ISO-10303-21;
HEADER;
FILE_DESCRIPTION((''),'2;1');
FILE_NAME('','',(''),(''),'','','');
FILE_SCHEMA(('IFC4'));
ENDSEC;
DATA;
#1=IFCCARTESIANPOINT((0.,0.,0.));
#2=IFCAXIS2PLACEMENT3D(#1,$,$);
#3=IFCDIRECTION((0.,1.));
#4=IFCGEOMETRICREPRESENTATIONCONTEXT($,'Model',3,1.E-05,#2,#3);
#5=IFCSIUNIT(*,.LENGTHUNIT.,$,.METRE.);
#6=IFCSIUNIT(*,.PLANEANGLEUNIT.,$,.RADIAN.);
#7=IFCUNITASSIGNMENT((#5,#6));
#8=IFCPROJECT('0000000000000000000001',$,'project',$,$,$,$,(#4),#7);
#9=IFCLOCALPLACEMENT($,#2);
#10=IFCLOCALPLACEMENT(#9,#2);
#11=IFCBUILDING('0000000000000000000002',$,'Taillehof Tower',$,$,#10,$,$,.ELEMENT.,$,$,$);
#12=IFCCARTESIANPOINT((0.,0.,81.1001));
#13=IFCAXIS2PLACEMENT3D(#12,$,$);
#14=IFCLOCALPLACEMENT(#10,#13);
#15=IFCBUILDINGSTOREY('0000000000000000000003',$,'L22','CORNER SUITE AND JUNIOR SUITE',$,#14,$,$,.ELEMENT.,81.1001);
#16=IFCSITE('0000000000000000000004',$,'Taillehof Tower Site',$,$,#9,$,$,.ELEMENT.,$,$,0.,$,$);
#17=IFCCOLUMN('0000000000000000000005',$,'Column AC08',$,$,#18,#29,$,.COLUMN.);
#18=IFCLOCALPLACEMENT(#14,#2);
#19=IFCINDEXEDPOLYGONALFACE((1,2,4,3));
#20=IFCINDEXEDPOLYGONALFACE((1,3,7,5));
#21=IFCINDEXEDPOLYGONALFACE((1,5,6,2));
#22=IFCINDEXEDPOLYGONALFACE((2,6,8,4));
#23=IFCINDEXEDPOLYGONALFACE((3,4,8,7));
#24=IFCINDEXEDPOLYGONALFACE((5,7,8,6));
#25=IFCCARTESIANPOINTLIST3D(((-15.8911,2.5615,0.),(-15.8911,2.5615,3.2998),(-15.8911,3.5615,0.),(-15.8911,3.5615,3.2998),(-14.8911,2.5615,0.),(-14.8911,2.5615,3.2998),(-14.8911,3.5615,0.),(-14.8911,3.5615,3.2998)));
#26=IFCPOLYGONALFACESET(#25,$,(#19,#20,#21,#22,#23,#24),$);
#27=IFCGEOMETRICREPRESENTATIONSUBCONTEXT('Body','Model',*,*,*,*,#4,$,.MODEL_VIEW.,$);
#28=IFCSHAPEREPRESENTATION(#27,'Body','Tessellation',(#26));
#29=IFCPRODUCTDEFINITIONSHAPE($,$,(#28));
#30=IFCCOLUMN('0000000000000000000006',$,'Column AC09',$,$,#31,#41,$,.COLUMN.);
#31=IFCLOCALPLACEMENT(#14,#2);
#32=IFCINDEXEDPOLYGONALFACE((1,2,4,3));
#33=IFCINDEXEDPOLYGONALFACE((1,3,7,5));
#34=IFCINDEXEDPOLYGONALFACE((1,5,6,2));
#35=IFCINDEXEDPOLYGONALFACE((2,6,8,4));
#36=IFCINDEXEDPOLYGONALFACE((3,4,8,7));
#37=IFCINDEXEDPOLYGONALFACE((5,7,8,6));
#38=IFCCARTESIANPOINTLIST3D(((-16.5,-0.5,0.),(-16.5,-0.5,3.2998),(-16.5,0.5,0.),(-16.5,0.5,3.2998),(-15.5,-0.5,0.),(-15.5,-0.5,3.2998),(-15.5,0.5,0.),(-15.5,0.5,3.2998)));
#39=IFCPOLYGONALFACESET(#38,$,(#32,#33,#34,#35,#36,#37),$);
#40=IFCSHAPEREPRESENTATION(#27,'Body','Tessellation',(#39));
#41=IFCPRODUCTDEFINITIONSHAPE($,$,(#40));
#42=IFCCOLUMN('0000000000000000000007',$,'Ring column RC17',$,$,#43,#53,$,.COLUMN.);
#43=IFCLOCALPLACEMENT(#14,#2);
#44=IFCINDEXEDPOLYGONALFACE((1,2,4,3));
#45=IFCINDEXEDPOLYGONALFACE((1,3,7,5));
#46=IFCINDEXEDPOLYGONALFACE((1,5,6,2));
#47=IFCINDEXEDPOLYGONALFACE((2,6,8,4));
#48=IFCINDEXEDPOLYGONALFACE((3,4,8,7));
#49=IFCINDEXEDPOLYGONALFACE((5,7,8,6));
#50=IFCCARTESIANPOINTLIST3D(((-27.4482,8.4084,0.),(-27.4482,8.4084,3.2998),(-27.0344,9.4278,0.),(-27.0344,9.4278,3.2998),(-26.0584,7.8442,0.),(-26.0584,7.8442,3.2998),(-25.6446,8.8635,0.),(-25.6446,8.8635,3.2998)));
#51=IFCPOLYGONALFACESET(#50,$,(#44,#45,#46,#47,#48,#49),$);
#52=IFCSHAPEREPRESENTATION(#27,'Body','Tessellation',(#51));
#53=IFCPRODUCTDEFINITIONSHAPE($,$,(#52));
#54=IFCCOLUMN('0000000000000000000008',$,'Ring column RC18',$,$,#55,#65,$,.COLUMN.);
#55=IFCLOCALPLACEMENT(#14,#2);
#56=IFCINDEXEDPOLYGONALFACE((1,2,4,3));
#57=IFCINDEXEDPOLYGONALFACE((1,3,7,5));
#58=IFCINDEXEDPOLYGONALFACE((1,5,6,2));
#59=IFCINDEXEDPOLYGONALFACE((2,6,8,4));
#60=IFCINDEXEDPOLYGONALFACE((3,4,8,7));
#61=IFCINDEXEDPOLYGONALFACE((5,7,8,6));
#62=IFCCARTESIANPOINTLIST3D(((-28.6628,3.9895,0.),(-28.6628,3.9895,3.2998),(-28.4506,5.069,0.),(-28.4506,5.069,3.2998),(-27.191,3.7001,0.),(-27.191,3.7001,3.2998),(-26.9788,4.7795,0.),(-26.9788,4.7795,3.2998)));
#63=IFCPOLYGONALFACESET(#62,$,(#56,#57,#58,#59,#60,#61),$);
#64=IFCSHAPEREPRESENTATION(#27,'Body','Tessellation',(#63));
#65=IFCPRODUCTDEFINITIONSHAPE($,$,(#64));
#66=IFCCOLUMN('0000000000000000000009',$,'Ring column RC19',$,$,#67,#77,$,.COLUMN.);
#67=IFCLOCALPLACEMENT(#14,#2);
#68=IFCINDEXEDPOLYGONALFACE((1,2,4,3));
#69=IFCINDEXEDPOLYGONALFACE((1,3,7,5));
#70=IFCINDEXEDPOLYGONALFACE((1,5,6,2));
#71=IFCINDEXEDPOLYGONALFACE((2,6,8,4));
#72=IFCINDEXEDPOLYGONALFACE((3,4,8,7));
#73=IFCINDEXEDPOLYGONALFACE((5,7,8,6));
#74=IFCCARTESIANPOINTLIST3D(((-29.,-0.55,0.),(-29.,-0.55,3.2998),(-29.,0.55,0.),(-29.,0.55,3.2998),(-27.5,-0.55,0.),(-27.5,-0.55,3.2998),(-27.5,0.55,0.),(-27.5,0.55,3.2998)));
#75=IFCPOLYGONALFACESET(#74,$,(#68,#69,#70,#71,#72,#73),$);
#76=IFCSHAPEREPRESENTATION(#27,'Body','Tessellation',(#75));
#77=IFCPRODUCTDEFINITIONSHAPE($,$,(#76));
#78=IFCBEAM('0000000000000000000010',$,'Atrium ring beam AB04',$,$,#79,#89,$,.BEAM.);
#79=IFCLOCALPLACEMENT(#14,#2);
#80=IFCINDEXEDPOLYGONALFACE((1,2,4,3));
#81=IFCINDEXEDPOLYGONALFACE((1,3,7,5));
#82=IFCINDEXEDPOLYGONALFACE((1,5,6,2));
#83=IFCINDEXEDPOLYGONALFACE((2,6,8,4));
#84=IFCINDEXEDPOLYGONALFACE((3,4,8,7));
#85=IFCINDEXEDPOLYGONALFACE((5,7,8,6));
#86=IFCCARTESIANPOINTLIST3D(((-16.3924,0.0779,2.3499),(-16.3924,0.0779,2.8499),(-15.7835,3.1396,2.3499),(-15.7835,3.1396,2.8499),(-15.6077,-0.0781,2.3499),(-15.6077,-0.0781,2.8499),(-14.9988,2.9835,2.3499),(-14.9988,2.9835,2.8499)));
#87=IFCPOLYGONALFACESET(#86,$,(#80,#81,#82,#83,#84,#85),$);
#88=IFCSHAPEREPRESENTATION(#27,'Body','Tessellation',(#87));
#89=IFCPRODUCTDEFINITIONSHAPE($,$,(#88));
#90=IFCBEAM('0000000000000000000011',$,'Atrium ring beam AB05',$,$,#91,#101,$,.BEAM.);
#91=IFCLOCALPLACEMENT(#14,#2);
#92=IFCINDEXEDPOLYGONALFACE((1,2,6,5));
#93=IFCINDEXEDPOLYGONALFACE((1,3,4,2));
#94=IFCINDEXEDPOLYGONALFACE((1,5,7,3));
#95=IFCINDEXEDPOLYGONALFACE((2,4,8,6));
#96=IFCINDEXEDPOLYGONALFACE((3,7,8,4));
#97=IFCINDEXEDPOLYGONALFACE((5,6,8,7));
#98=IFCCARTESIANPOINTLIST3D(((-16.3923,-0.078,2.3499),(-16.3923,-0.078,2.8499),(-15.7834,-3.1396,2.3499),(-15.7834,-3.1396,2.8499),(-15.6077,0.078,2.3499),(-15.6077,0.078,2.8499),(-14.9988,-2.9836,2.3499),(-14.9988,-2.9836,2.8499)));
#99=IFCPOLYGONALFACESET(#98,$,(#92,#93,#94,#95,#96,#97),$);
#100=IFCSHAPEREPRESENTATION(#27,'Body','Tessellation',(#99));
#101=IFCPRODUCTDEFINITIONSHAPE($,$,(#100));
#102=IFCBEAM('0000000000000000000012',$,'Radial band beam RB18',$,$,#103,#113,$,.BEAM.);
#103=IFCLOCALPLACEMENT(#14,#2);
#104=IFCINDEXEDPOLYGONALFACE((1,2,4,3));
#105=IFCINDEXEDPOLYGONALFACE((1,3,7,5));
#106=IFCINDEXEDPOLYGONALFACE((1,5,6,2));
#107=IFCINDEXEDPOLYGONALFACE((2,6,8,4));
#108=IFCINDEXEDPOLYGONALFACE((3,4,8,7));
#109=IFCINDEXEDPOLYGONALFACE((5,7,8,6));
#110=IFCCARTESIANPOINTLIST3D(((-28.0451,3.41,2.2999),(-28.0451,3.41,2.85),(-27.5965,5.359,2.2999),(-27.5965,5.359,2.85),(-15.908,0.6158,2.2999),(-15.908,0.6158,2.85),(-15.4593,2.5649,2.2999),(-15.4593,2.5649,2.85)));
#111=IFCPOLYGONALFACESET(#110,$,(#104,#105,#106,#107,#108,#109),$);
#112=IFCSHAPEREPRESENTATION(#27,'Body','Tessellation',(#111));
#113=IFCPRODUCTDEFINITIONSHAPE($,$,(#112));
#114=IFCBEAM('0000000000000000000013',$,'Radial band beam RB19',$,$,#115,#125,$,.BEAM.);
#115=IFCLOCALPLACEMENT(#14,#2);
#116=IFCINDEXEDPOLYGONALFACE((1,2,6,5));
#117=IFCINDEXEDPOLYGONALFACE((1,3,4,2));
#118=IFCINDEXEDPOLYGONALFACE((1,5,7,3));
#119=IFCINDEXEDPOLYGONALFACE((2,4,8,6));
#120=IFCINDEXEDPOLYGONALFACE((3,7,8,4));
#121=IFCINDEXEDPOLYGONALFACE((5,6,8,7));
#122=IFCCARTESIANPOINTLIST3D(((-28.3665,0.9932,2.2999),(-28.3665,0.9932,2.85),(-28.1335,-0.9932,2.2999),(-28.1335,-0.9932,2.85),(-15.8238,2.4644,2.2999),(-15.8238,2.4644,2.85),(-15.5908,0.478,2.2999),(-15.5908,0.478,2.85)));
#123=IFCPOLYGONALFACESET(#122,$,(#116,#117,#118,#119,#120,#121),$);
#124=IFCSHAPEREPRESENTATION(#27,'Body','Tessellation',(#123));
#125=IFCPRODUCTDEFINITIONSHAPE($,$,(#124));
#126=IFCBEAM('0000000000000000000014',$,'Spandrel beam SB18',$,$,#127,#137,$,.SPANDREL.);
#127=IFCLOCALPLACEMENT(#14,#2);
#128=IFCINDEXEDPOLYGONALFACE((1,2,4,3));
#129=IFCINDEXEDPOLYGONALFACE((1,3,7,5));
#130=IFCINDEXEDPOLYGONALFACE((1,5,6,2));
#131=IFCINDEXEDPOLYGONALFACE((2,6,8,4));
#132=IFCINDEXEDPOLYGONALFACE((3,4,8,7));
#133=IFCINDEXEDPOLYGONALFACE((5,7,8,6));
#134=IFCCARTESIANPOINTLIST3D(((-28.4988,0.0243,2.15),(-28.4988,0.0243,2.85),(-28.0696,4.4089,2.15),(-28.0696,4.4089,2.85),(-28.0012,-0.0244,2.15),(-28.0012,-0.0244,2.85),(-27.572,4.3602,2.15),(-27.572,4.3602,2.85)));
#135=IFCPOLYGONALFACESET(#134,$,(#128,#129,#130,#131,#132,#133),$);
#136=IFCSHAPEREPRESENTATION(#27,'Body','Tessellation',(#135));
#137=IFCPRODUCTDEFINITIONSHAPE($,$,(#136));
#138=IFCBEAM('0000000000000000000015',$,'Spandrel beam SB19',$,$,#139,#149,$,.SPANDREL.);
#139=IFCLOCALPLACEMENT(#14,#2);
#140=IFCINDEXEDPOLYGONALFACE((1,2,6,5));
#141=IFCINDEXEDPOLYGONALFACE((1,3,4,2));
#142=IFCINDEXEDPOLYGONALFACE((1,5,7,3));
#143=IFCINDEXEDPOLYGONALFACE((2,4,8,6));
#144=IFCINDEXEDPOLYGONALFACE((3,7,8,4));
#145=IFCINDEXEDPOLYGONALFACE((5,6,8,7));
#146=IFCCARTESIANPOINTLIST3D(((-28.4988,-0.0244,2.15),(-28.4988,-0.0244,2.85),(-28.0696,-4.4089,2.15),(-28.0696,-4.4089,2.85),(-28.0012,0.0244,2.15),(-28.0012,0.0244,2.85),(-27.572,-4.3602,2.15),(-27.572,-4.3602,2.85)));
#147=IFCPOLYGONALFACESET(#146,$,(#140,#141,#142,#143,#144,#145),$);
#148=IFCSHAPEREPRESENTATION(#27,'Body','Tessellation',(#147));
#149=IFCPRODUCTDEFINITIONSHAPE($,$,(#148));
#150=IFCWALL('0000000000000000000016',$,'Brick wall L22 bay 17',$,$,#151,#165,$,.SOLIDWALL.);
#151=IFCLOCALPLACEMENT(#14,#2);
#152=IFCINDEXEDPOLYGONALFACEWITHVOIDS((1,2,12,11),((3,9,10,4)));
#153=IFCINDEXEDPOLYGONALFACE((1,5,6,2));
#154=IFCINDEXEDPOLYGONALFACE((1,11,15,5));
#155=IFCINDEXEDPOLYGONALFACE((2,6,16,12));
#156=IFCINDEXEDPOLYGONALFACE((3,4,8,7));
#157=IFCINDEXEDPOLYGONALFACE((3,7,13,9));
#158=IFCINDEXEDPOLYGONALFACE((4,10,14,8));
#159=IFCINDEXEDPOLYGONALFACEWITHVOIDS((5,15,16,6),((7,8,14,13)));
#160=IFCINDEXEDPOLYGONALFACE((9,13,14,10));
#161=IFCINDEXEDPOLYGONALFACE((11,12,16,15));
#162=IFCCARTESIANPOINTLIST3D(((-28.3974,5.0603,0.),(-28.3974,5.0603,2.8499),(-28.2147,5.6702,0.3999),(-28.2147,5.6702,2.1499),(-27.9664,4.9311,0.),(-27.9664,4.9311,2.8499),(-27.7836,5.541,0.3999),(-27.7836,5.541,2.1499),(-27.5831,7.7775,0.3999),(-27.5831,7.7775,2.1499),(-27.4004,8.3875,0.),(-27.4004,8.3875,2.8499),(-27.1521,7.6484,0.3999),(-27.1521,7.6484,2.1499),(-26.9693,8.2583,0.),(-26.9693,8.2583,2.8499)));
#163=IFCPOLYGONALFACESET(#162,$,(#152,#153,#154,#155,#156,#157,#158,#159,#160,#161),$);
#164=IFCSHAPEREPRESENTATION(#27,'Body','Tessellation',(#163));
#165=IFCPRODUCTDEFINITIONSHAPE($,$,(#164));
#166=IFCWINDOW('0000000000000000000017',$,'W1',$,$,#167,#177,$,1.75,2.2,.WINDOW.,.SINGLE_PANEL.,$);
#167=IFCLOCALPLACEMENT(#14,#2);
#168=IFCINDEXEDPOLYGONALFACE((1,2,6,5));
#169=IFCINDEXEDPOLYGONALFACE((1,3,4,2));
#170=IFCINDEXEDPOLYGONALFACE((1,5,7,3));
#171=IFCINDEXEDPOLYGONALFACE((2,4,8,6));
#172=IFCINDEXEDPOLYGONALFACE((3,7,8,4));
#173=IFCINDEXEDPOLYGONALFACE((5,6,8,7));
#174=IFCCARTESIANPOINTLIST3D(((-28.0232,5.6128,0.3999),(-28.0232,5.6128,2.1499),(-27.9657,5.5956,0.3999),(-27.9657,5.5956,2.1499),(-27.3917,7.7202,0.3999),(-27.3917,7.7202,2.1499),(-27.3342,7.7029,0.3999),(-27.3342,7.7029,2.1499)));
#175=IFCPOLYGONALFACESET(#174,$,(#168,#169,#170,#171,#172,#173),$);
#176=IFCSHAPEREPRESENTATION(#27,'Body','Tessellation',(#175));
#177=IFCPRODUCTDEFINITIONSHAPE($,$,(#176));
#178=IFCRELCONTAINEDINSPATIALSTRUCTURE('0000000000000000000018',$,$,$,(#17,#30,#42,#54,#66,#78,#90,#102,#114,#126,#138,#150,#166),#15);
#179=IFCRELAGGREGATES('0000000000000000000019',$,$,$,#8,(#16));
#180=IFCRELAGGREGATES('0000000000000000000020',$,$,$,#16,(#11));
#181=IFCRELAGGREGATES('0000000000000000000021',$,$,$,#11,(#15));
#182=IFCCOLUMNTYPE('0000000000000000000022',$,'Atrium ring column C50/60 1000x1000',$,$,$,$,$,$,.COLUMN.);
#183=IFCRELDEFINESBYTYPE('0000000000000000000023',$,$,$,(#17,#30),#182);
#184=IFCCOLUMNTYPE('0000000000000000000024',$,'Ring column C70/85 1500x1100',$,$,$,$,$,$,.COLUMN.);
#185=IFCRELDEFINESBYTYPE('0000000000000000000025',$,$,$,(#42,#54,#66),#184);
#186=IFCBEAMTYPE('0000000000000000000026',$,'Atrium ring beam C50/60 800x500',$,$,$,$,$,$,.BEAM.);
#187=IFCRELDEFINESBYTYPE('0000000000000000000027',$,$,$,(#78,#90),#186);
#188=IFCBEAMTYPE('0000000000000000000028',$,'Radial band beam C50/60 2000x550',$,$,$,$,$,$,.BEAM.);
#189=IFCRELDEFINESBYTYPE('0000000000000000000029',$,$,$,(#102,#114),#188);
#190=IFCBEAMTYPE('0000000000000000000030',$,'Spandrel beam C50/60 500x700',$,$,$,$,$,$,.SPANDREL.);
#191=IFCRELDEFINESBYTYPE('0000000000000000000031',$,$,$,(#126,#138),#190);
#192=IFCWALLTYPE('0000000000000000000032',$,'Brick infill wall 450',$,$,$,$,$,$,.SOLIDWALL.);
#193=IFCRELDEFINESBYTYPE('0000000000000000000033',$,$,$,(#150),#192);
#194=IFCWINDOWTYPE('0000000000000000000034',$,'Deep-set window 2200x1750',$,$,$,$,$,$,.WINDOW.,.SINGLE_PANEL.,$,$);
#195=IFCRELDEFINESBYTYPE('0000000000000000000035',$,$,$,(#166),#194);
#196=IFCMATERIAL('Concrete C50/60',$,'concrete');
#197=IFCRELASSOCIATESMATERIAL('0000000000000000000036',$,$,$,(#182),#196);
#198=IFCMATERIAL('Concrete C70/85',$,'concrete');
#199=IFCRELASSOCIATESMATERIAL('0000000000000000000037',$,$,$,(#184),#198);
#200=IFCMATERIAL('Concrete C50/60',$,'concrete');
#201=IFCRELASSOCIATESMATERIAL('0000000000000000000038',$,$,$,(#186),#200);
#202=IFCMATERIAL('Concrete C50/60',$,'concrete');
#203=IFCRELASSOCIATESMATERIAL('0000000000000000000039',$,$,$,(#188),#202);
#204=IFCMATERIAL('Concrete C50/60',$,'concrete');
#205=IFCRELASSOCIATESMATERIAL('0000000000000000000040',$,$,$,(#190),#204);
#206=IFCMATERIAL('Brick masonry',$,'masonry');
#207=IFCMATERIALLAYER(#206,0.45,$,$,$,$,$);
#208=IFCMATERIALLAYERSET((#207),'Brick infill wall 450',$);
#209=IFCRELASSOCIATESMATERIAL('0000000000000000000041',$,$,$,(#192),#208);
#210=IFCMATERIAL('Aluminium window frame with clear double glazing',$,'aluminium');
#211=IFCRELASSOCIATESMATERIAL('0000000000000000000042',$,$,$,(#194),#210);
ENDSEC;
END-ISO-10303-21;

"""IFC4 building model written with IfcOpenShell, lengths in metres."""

from ifc_helpers import new_model, si_unit, direction, frame, frame_2d, origin, origin_2d, place, context, subcontext, project, spatial, rectangle, extrude, material, layer, layer_set, material_profile, profile_set, type_object, element, fill, save


model = new_model("IFC4")

# Units and contexts
model_context = context("Model", 3, precision=1e-05, world=origin(), true_north=direction((0.0, 1.0)))
body_context = subcontext(model_context, "Body", "Model", "MODEL_VIEW")
ifc_project = project(units=[si_unit("LENGTHUNIT", "METRE"), si_unit("PLANEANGLEUNIT", "RADIAN")], contexts=[model_context])

# Site, building, storey
site_placement = place(None, origin())
site = spatial("IfcSite", under=ifc_project, at=site_placement, Name="Taillehof Tower Site", CompositionType="ELEMENT", RefElevation=0.0)
building_placement = place(site_placement, origin())
building = spatial("IfcBuilding", under=site, at=building_placement, Name="Taillehof Tower", CompositionType="ELEMENT")
storey_placement = place(building_placement, frame((0.0, 0.0, 81.1001)))
storey = spatial("IfcBuildingStorey", under=building, at=storey_placement, Name="L22", Description="CORNER SUITE AND JUNIOR SUITE", CompositionType="ELEMENT", Elevation=81.1001)

# Columns
ifc_material_1 = material(Name="Concrete C50/60", Category="concrete")
ifc_material_profile_1 = material_profile(ifc_material_1, rectangle(XDim=1.0, YDim=1.0, at=origin_2d()), Name="RC 1000x1000")
ifc_profile_set_1 = profile_set([ifc_material_profile_1], Name="Concrete C50/60")
column_type_1 = type_object("IfcColumnType", Name="Atrium ring column C50/60 1000x1000", PredefinedType="COLUMN", material=ifc_profile_set_1)
for number, where, z_axis, x_axis, name in (
    (1, (-15.3911, 3.0615, 0.0), (0.0, 0.0, 1.0), (1.0, 0.0, 0.0), "Column AC08"),
    (2, (-16.0, 0.0, 0.0), (0.0, 0.0, 1.0), (1.0, 0.0, 0.0), "Column AC09"),
):
    element("IfcColumn", number, at=place(storey_placement, frame(where, z_axis=z_axis, x_axis=x_axis)), inside=storey, type_object=column_type_1, Name=name, PredefinedType="COLUMN", context=body_context, shape_type="SweptSolid", body=[
        extrude(rectangle(XDim=1.0, YDim=1.0, at=origin_2d()), origin(), (0.0, 0.0, 1.0), 3.2998),
    ])
ifc_material_2 = material(Name="Concrete C70/85", Category="concrete")
ifc_material_profile_2 = material_profile(ifc_material_2, rectangle(XDim=1.5, YDim=1.1001, at=origin_2d()), Name="RC 1500x1100")
ifc_profile_set_2 = profile_set([ifc_material_profile_2], Name="Concrete C70/85")
column_type_2 = type_object("IfcColumnType", Name="Ring column C70/85 1500x1100", PredefinedType="COLUMN", material=ifc_profile_set_2)
for number, where, z_axis, x_axis, name in (
    (3, (-26.5464, 8.636, 0.0), (0.0, 0.0, 1.0), (-0.926558, 0.376152, 0.0), "Ring column RC17"),
    (4, (-27.8208, 4.3845, 0.0), (0.0, 0.0, 1.0), (-0.981204, 0.192976, 0.0), "Ring column RC18"),
    (5, (-28.25, 0.0, 0.0), (0.0, 0.0, 1.0), (-1.0, 0.0, 0.0), "Ring column RC19"),
):
    element("IfcColumn", number, at=place(storey_placement, frame(where, z_axis=z_axis, x_axis=x_axis)), inside=storey, type_object=column_type_2, Name=name, PredefinedType="COLUMN", context=body_context, shape_type="SweptSolid", body=[
        extrude(rectangle(XDim=1.5, YDim=1.1001, at=origin_2d()), origin(), (0.0, 0.0, 1.0), 3.2998),
    ])

# Beams
ifc_material_3 = material(Name="Concrete C50/60", Category="concrete")
ifc_material_profile_3 = material_profile(ifc_material_3, rectangle(XDim=0.8, YDim=0.5, at=origin_2d()), Name="RC 800x500")
ifc_profile_set_3 = profile_set([ifc_material_profile_3], Name="Concrete C50/60")
beam_type_1 = type_object("IfcBeamType", Name="Atrium ring beam C50/60 800x500", PredefinedType="BEAM", material=ifc_profile_set_3)
for number, where, z_axis, x_axis, name in (
    (6, (-15.3911, 3.0615, 2.5999), (-0.195063, -0.980791, 0.0), (0.980791, -0.195063, 0.0), "Atrium ring beam AB04"),
    (7, (-16.0, 0.0, 2.5999), (0.195063, -0.980791, 0.0), (0.980791, 0.195063, 0.0), "Atrium ring beam AB05"),
):
    element("IfcBeam", number, at=place(storey_placement, frame(where, z_axis=z_axis, x_axis=x_axis)), inside=storey, type_object=beam_type_1, Name=name, PredefinedType="BEAM", context=body_context, shape_type="SweptSolid", body=[
        extrude(rectangle(XDim=0.8, YDim=0.5, at=origin_2d()), origin(), (0.0, 0.0, 1.0), 3.1216),
    ])
ifc_material_4 = material(Name="Concrete C50/60", Category="concrete")
ifc_material_profile_4 = material_profile(ifc_material_4, rectangle(XDim=2.0, YDim=0.55, at=origin_2d()), Name="RC 2000x550")
ifc_profile_set_4 = profile_set([ifc_material_profile_4], Name="Concrete C50/60")
beam_type_2 = type_object("IfcBeamType", Name="Radial band beam C50/60 2000x550", PredefinedType="BEAM", material=ifc_profile_set_4)
beam_1_placement = place(storey_placement, frame((-27.8208, 4.3845, 2.575), z_axis=(0.974509, -0.224348, 0.0), x_axis=(0.224348, 0.974509, 0.0)))
element("IfcBeam", 8, at=beam_1_placement, inside=storey, type_object=beam_type_2, Name="Radial band beam RB18", PredefinedType="BEAM", context=body_context, shape_type="SweptSolid", body=[
    extrude(rectangle(XDim=2.0, YDim=0.55, at=origin_2d()), origin(), (0.0, 0.0, 1.0), 12.4546),
])
beam_2_placement = place(storey_placement, frame((-28.25, 0.0, 2.575), z_axis=(0.993191, 0.116496, 0.0), x_axis=(-0.116496, 0.993191, 0.0)))
element("IfcBeam", 9, at=beam_2_placement, inside=storey, type_object=beam_type_2, Name="Radial band beam RB19", PredefinedType="BEAM", context=body_context, shape_type="SweptSolid", body=[
    extrude(rectangle(XDim=2.0, YDim=0.55, at=origin_2d()), origin(), (0.0, 0.0, 1.0), 12.6287),
])
ifc_material_5 = material(Name="Concrete C50/60", Category="concrete")
ifc_material_profile_5 = material_profile(ifc_material_5, rectangle(XDim=0.5, YDim=0.7, at=origin_2d()), Name="RC 500x700")
ifc_profile_set_5 = profile_set([ifc_material_profile_5], Name="Concrete C50/60")
beam_type_3 = type_object("IfcBeamType", Name="Spandrel beam C50/60 500x700", PredefinedType="SPANDREL", material=ifc_profile_set_5)
for number, where, z_axis, x_axis, name in (
    (10, (-27.8208, 4.3845, 2.5), (-0.097424, -0.995243, 0.0), (0.995243, -0.097424, 0.0), "Spandrel beam SB18"),
    (11, (-28.25, 0.0, 2.5), (0.097424, -0.995243, 0.0), (0.995243, 0.097424, 0.0), "Spandrel beam SB19"),
):
    element("IfcBeam", number, at=place(storey_placement, frame(where, z_axis=z_axis, x_axis=x_axis)), inside=storey, type_object=beam_type_3, Name=name, PredefinedType="SPANDREL", context=body_context, shape_type="SweptSolid", body=[
        extrude(rectangle(XDim=0.5, YDim=0.7, at=origin_2d()), origin(), (0.0, 0.0, 1.0), 4.4055),
    ])

# Wall, opening, window
ifc_material_6 = material(Name="Brick masonry", Category="masonry")
ifc_layer_1 = layer(ifc_material_6, 0.45)
ifc_layer_set_1 = layer_set([ifc_layer_1], Name="Brick infill wall 450")
wall_type_1 = type_object("IfcWallType", Name="Brick infill wall 450", PredefinedType="SOLIDWALL", material=ifc_layer_set_1)
wall_1_placement = place(storey_placement, frame((-27.1848, 8.323, 0.0), z_axis=(0.0, 0.0, 1.0), x_axis=(-0.287064, -0.957911, 0.0)))
wall_1 = element("IfcWall", 12, at=wall_1_placement, inside=storey, type_object=wall_type_1, Name="Brick wall L22 bay 17", PredefinedType="SOLIDWALL", context=body_context, shape_type="SweptSolid", body=[
    extrude(rectangle(XDim=3.4734, YDim=0.45, at=frame_2d((1.7368, 0.0))), origin(), (0.0, 0.0, 1.0), 2.8499),
])
opening_1_placement = place(wall_1_placement, frame((0.6367, 0.0, 0.3999)))
opening_1 = element("IfcOpeningElement", 13, at=opening_1_placement, cuts=wall_1, PredefinedType="OPENING", context=body_context, shape_type="SweptSolid", body=[
    extrude(rectangle(XDim=2.2, YDim=1.75, at=frame_2d((1.1001, 0.875))), frame((0.0, 0.2349, 0.0), z_axis=(0.0, -1.0, 0.0), x_axis=(1.0, 0.0, 0.0)), (0.0, 0.0, 1.0), 0.47),
])
ifc_material_7 = material(Name="Aluminium window frame with clear double glazing", Category="aluminium")
window_type = type_object("IfcWindowType", Name="Deep-set window 2200x1750", PartitioningType="SINGLE_PANEL", PredefinedType="WINDOW", material=ifc_material_7)
window_1_placement = place(opening_1_placement, origin())
window_1 = element("IfcWindow", 14, at=window_1_placement, inside=storey, type_object=window_type, Name="W1", OverallHeight=1.75, OverallWidth=2.2, PartitioningType="SINGLE_PANEL", PredefinedType="WINDOW", context=body_context, shape_type="SweptSolid", body=[
    extrude(rectangle(XDim=2.2, YDim=1.75, at=frame_2d((1.1001, 0.875))), frame((0.0, 0.0349, 0.0), z_axis=(0.0, -1.0, 0.0), x_axis=(1.0, 0.0, 0.0)), (0.0, 0.0, 1.0), 0.0601),
])
fill(opening_1, window_1)

save(model, "model.ifc")
